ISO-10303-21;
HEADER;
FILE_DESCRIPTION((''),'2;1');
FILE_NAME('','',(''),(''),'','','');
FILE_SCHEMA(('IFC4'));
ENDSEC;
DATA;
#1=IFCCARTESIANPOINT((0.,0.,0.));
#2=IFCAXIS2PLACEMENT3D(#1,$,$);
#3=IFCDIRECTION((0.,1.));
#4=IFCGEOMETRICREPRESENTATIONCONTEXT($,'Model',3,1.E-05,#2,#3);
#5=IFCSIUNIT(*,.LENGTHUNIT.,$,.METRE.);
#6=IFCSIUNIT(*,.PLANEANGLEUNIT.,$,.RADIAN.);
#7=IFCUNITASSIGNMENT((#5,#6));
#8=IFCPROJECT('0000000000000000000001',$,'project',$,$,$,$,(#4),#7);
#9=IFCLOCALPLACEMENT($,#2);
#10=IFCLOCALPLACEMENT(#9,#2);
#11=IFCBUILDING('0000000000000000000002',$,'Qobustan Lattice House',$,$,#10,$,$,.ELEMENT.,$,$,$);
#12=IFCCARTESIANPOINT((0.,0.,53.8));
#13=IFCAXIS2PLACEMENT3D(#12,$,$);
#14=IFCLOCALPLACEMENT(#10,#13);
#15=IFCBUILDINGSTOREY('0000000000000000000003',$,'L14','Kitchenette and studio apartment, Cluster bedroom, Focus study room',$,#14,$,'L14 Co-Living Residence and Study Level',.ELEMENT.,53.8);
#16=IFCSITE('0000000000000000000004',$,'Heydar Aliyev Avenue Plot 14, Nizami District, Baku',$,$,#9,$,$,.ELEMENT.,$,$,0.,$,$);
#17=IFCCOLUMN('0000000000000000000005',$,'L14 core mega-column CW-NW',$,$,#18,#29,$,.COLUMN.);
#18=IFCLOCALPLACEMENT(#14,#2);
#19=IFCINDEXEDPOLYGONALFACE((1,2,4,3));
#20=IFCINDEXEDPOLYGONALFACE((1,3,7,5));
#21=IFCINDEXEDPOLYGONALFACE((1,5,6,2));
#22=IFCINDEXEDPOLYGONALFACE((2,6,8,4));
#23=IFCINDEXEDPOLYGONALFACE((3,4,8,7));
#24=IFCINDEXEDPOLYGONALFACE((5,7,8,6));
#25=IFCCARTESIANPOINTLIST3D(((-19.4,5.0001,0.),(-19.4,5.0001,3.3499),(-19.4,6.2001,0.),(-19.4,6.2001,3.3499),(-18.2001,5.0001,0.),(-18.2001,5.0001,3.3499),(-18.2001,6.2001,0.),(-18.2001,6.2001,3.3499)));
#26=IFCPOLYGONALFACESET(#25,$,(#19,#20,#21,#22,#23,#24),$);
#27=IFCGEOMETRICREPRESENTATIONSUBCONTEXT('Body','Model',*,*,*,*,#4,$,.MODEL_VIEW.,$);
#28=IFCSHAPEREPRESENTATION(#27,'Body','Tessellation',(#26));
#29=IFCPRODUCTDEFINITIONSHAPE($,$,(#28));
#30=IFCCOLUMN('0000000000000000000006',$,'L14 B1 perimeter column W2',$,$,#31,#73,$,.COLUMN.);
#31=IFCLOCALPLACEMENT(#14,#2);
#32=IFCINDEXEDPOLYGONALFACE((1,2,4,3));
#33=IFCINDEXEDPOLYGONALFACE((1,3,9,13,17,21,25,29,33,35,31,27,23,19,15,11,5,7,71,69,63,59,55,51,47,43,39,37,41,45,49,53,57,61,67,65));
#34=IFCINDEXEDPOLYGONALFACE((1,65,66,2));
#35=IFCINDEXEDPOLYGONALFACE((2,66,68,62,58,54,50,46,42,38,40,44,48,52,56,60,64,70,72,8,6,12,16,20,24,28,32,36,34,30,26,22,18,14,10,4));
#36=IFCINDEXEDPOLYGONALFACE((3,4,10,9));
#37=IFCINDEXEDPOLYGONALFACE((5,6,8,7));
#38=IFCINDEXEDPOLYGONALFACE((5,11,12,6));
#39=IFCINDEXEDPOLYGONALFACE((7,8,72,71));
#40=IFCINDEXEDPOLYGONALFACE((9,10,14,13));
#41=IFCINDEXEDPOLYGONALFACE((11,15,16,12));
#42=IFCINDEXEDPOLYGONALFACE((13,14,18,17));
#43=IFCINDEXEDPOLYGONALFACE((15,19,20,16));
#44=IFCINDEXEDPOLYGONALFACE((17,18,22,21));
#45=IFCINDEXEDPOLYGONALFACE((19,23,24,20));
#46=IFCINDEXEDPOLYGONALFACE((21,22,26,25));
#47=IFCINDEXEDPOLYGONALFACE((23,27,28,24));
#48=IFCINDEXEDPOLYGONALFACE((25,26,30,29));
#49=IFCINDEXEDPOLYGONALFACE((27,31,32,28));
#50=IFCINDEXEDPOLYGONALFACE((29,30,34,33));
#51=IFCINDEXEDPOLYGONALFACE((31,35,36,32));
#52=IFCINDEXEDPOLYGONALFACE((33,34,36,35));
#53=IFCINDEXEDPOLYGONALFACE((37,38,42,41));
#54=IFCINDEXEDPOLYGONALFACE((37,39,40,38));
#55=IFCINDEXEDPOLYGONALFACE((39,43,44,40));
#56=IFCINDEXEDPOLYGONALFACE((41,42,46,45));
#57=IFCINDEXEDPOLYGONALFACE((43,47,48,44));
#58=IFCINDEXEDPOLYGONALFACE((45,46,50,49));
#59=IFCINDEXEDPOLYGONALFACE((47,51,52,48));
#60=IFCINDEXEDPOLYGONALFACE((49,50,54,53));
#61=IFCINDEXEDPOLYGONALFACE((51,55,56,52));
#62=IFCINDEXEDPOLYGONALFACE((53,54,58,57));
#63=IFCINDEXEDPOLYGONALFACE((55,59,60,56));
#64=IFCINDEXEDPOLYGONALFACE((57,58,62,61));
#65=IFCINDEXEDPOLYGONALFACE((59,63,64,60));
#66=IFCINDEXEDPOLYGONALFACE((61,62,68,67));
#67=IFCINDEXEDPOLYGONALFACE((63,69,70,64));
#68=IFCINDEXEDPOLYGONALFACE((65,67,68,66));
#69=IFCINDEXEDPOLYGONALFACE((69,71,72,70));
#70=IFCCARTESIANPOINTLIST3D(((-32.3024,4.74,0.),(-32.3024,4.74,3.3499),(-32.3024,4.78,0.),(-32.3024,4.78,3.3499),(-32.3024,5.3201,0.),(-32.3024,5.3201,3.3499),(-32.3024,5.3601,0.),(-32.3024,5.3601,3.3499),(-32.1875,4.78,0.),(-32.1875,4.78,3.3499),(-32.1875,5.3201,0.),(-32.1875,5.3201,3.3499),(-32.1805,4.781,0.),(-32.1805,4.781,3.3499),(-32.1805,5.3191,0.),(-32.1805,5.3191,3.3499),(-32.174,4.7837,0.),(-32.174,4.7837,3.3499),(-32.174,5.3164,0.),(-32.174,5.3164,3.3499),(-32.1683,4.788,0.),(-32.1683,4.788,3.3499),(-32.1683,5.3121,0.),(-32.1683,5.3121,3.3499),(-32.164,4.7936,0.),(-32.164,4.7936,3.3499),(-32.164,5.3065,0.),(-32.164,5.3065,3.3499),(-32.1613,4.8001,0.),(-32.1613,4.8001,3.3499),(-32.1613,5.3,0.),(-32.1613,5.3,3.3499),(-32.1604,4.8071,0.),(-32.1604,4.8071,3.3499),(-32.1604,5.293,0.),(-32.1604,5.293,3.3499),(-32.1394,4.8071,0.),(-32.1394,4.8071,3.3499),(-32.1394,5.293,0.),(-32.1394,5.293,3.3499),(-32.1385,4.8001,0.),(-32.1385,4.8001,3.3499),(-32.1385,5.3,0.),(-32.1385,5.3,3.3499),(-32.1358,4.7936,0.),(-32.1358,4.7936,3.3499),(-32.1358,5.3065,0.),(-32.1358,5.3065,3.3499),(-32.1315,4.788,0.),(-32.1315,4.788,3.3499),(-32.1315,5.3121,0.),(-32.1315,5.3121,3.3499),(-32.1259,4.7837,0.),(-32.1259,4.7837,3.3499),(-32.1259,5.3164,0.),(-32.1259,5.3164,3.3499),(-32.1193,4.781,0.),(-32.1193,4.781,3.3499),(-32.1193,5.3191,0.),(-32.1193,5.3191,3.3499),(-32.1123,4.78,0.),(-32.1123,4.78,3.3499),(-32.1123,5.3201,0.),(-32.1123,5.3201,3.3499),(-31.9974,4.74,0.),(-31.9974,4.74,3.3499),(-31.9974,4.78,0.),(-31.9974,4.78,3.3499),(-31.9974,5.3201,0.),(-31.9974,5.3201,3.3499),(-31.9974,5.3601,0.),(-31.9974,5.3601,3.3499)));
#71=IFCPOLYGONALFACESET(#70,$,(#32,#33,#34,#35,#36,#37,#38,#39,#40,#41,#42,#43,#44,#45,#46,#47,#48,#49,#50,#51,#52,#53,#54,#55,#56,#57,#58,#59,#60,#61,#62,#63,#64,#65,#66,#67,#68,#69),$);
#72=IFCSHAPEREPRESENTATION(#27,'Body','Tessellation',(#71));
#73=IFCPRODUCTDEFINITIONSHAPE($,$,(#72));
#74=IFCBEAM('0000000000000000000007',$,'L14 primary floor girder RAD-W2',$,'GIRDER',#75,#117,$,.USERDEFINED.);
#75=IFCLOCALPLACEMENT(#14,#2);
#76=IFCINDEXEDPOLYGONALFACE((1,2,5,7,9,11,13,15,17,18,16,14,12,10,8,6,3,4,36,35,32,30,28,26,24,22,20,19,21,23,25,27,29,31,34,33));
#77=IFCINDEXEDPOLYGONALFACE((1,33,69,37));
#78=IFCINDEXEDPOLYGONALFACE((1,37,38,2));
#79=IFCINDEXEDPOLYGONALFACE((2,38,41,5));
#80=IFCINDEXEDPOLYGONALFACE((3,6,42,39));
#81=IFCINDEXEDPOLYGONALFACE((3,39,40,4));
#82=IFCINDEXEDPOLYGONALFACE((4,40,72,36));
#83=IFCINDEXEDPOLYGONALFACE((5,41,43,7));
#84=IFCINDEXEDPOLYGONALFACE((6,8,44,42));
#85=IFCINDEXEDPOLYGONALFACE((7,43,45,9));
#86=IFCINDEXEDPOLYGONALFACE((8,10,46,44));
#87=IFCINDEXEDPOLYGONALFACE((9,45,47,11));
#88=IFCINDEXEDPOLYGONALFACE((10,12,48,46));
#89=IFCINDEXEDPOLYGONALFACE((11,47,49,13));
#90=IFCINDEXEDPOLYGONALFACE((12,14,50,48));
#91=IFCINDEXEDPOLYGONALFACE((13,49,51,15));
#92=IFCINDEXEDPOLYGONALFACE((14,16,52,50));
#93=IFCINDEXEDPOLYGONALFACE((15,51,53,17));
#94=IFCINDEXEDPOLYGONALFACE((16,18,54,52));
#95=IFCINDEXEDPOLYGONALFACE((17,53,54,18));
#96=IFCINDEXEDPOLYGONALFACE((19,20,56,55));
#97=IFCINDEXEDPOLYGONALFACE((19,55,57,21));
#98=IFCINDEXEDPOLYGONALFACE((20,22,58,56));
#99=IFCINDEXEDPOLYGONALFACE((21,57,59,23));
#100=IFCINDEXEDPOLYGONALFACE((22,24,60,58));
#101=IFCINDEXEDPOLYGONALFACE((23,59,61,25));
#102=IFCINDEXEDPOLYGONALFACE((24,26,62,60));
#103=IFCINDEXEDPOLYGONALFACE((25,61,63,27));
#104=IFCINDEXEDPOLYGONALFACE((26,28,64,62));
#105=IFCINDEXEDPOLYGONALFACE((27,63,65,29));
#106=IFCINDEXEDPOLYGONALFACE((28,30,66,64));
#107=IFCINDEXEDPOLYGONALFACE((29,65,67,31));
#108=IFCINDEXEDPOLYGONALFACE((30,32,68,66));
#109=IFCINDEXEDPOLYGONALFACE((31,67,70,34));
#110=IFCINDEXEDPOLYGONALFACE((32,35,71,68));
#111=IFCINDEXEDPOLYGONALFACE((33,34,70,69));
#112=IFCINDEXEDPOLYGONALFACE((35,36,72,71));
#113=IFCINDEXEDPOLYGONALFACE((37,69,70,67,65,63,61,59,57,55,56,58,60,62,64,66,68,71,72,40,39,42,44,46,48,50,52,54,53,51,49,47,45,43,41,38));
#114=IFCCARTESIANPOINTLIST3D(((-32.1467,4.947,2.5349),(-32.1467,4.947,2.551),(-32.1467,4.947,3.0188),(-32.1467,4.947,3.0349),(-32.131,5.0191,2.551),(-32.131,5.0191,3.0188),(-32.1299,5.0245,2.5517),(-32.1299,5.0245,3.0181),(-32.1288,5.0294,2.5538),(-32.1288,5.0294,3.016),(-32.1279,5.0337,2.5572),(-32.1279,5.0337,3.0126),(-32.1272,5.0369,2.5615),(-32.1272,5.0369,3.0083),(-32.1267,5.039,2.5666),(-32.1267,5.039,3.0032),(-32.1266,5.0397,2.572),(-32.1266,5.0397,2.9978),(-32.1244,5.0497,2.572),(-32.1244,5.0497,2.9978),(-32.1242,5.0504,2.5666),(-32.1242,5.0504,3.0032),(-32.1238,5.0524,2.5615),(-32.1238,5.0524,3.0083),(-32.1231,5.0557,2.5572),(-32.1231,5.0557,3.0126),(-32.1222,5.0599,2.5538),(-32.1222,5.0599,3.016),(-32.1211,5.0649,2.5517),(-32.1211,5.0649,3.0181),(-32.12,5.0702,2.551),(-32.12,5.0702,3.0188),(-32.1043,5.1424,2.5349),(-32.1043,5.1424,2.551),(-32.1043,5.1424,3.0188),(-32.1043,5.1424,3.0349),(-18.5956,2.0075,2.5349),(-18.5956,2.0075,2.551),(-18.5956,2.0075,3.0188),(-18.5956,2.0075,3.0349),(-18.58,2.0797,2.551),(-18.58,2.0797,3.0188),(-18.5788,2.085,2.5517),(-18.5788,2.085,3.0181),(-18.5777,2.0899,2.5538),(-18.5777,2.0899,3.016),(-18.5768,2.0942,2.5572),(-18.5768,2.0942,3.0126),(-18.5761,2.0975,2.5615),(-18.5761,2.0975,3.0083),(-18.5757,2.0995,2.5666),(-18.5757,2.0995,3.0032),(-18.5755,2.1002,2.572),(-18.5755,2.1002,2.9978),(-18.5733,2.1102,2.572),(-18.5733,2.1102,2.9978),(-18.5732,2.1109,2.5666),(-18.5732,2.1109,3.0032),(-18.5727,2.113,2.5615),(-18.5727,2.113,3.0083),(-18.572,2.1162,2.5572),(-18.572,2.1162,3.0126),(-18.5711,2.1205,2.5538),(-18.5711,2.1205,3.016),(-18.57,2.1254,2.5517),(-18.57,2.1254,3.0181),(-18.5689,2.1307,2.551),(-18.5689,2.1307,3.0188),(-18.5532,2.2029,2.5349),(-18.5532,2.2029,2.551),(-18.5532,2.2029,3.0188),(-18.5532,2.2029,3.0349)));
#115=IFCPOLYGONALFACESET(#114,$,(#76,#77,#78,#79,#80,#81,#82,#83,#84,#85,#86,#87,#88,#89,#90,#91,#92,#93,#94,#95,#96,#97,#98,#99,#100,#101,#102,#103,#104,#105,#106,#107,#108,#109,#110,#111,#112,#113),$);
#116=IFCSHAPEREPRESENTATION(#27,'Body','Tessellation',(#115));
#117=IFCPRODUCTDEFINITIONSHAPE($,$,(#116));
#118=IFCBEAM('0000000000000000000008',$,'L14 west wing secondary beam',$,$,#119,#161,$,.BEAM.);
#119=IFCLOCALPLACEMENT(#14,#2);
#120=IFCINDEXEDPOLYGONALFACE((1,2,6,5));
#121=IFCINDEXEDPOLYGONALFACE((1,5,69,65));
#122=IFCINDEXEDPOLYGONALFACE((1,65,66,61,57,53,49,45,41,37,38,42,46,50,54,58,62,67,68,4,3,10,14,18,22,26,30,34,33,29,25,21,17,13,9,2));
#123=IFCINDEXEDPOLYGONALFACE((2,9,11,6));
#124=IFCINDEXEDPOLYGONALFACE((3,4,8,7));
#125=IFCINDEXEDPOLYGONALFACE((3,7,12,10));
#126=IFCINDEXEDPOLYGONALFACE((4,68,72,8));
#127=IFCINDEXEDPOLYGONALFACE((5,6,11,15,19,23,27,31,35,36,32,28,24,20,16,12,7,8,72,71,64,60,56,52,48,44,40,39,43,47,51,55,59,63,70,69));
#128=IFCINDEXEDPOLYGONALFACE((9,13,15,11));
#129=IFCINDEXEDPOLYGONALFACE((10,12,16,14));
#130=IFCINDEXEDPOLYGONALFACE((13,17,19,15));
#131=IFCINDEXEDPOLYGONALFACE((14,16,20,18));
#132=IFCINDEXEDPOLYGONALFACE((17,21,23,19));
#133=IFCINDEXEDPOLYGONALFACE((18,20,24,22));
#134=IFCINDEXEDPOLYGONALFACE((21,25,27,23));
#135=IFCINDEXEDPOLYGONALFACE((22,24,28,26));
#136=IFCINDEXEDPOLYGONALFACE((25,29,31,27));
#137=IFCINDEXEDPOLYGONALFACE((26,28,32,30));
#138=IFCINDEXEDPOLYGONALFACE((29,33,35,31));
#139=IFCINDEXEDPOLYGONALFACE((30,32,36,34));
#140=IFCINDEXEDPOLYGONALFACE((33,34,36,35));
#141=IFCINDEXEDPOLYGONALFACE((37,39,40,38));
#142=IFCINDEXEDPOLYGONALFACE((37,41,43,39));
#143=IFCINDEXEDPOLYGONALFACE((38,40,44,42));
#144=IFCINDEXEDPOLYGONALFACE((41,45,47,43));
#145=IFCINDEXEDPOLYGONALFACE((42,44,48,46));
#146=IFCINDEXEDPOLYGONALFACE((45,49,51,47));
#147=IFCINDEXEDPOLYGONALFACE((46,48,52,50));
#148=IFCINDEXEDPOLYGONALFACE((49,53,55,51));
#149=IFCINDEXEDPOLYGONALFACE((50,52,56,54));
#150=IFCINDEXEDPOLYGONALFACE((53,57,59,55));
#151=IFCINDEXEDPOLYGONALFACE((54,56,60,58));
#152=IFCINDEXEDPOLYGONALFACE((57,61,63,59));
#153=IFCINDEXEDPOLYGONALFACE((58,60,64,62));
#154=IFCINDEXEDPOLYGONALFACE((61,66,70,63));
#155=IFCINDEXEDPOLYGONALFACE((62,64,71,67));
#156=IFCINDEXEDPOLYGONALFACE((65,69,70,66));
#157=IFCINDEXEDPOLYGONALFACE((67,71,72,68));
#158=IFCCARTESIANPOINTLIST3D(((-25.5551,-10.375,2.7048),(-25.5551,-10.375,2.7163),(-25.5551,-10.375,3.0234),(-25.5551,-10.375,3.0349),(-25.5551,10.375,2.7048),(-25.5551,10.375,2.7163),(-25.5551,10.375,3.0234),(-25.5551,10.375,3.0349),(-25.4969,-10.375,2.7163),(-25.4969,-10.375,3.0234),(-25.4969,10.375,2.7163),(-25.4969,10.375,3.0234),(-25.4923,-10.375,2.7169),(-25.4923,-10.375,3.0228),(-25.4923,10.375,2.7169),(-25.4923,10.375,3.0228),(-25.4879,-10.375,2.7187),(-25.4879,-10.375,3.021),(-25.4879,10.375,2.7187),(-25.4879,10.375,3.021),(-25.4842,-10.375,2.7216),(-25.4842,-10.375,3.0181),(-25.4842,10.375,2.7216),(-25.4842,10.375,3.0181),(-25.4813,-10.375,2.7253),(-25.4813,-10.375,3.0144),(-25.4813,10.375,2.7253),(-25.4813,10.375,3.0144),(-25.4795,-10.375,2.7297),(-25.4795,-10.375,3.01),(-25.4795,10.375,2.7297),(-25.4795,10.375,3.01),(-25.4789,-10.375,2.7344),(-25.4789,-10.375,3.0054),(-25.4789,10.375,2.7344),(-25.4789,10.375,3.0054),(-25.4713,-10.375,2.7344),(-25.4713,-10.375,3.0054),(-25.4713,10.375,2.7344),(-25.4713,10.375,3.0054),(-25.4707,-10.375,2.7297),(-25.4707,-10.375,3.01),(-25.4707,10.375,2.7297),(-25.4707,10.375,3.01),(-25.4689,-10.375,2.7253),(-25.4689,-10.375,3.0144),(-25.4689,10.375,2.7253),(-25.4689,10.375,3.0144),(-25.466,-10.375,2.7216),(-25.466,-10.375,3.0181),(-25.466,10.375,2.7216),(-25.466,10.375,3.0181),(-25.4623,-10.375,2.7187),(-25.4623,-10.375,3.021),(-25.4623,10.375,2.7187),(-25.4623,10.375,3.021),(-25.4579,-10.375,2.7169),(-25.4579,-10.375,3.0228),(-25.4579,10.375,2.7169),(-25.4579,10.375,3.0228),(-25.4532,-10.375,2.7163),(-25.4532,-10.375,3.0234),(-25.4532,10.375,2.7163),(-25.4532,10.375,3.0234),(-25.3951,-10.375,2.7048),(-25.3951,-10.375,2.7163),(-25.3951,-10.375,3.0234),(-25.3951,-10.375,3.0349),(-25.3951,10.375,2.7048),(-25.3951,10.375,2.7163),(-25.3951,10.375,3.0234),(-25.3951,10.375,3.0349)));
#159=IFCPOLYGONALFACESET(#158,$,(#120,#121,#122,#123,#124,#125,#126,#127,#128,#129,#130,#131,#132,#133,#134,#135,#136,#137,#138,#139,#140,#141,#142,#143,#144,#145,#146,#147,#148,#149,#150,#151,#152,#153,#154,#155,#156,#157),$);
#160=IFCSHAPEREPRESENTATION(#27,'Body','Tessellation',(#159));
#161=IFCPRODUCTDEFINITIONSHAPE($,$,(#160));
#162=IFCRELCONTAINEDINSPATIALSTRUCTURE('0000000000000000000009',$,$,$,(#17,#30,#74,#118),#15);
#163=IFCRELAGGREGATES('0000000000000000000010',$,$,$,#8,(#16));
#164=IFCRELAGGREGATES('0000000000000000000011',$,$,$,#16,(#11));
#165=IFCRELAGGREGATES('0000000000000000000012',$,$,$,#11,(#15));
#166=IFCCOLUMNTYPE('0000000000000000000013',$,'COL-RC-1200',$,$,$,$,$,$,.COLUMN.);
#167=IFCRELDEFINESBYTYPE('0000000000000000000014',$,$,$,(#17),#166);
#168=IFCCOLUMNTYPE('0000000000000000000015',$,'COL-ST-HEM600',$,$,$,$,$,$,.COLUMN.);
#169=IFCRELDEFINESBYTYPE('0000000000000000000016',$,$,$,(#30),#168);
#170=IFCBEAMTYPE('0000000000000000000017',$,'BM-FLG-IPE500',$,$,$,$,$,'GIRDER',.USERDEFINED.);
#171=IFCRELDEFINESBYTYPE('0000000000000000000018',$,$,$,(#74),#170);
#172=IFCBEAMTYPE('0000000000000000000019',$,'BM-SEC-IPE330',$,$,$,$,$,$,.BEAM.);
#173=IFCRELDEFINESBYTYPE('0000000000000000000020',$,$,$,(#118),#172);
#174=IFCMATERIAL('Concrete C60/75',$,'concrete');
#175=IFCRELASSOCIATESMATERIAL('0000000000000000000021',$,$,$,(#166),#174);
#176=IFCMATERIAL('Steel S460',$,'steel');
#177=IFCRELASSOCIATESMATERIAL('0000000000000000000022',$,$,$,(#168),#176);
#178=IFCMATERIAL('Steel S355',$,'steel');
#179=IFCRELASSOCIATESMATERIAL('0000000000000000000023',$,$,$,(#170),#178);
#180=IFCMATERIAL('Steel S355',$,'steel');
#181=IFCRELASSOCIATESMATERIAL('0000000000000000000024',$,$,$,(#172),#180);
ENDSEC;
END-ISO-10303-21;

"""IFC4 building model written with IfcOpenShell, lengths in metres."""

from ifc_helpers import new_model, si_unit, direction, frame, origin, origin_2d, place, context, subcontext, project, spatial, rectangle, i_section, extrude, material, material_profile, profile_set, type_object, element, save


model = new_model("IFC4")

# Units and contexts
model_context = context("Model", 3, precision=1e-05, world=origin(), true_north=direction((0.0, 1.0)))
body_context = subcontext(model_context, "Body", "Model", "MODEL_VIEW")
ifc_project = project(units=[si_unit("LENGTHUNIT", "METRE"), si_unit("PLANEANGLEUNIT", "RADIAN")], contexts=[model_context])

# Site, building, storey
site_placement = place(None, origin())
site = spatial("IfcSite", under=ifc_project, at=site_placement, Name="Heydar Aliyev Avenue Plot 14, Nizami District, Baku", CompositionType="ELEMENT", RefElevation=0.0)
building_placement = place(site_placement, origin())
building = spatial("IfcBuilding", under=site, at=building_placement, Name="Qobustan Lattice House", CompositionType="ELEMENT")
storey_placement = place(building_placement, frame((0.0, 0.0, 53.8)))
storey = spatial("IfcBuildingStorey", under=building, at=storey_placement, Name="L14", Description="Kitchenette and studio apartment, Cluster bedroom, Focus study room", LongName="L14 Co-Living Residence and Study Level", CompositionType="ELEMENT", Elevation=53.8)

# Columns
ifc_material_1 = material(Name="Concrete C60/75", Category="concrete")
ifc_material_profile_1 = material_profile(ifc_material_1, rectangle(XDim=1.2, YDim=1.2, at=origin_2d()), Name="RC1200x1200")
ifc_profile_set_1 = profile_set([ifc_material_profile_1], Name="Concrete C60/75")
column_type_1 = type_object("IfcColumnType", Name="COL-RC-1200", PredefinedType="COLUMN", material=ifc_profile_set_1)
column_1_placement = place(storey_placement, frame((-18.8, 5.6001, 0.0), z_axis=(0.0, 0.0, 1.0), x_axis=(1.0, 0.0, 0.0)))
element("IfcColumn", 1, at=column_1_placement, inside=storey, type_object=column_type_1, Name="L14 core mega-column CW-NW", PredefinedType="COLUMN", context=body_context, shape_type="SweptSolid", body=[
    extrude(rectangle(XDim=1.2, YDim=1.2, at=origin_2d()), origin(), (0.0, 0.0, 1.0), 3.3499),
])
ifc_material_2 = material(Name="Steel S460", Category="steel")
ifc_material_profile_2 = material_profile(ifc_material_2, i_section(OverallWidth=0.3049, OverallDepth=0.6201, WebThickness=0.021, FlangeThickness=0.04, FilletRadius=0.0271, at=origin_2d()), Name="HEM600")
ifc_profile_set_2 = profile_set([ifc_material_profile_2], Name="Steel S460")
column_type_2 = type_object("IfcColumnType", Name="COL-ST-HEM600", PredefinedType="COLUMN", material=ifc_profile_set_2)
column_2_placement = place(storey_placement, frame((-32.1499, 5.05, 0.0), z_axis=(0.0, 0.0, 1.0), x_axis=(1.0, 0.0, 0.0)))
element("IfcColumn", 2, at=column_2_placement, inside=storey, type_object=column_type_2, Name="L14 B1 perimeter column W2", PredefinedType="COLUMN", context=body_context, shape_type="SweptSolid", body=[
    extrude(i_section(OverallWidth=0.3049, OverallDepth=0.6201, WebThickness=0.021, FlangeThickness=0.04, FilletRadius=0.0271, at=origin_2d()), origin(), (0.0, 0.0, 1.0), 3.3499),
])

# Beams
ifc_material_3 = material(Name="Steel S355", Category="steel")
ifc_material_profile_3 = material_profile(ifc_material_3, i_section(OverallWidth=0.2, OverallDepth=0.5, WebThickness=0.0103, FlangeThickness=0.0161, FilletRadius=0.021, at=origin_2d()), Name="IPE500")
ifc_profile_set_3 = profile_set([ifc_material_profile_3], Name="Steel S355")
beam_type_1 = type_object("IfcBeamType", Name="BM-FLG-IPE500", ElementType="GIRDER", PredefinedType="USERDEFINED", material=ifc_profile_set_3)
beam_1_placement = place(storey_placement, frame((-32.1255, 5.0447, 2.7849), z_axis=(0.977272, -0.211987, 0.0), x_axis=(0.211987, 0.977272, 0.0)))
element("IfcBeam", 3, at=beam_1_placement, inside=storey, type_object=beam_type_1, Name="L14 primary floor girder RAD-W2", ObjectType="GIRDER", PredefinedType="USERDEFINED", context=body_context, shape_type="SweptSolid", body=[
    extrude(i_section(OverallWidth=0.2, OverallDepth=0.5, WebThickness=0.0103, FlangeThickness=0.0161, FilletRadius=0.021, at=origin_2d()), origin(), (0.0, 0.0, 1.0), 13.8662),
])
ifc_material_4 = material(Name="Steel S355", Category="steel")
ifc_material_profile_4 = material_profile(ifc_material_4, i_section(OverallWidth=0.1599, OverallDepth=0.3301, WebThickness=0.0076, FlangeThickness=0.0115, FilletRadius=0.0181, at=origin_2d()), Name="IPE330")
ifc_profile_set_4 = profile_set([ifc_material_profile_4], Name="Steel S355")
beam_type_2 = type_object("IfcBeamType", Name="BM-SEC-IPE330", PredefinedType="BEAM", material=ifc_profile_set_4)
beam_2_placement = place(storey_placement, frame((-25.4751, 10.375, 2.8699), z_axis=(0.0, -1.0, 0.0), x_axis=(1.0, 0.0, 0.0)))
element("IfcBeam", 4, at=beam_2_placement, inside=storey, type_object=beam_type_2, Name="L14 west wing secondary beam", PredefinedType="BEAM", context=body_context, shape_type="SweptSolid", body=[
    extrude(i_section(OverallWidth=0.1599, OverallDepth=0.3301, WebThickness=0.0076, FlangeThickness=0.0115, FilletRadius=0.0181, at=origin_2d()), origin(), (0.0, 0.0, 1.0), 20.75),
])

save(model, "model.ifc")
